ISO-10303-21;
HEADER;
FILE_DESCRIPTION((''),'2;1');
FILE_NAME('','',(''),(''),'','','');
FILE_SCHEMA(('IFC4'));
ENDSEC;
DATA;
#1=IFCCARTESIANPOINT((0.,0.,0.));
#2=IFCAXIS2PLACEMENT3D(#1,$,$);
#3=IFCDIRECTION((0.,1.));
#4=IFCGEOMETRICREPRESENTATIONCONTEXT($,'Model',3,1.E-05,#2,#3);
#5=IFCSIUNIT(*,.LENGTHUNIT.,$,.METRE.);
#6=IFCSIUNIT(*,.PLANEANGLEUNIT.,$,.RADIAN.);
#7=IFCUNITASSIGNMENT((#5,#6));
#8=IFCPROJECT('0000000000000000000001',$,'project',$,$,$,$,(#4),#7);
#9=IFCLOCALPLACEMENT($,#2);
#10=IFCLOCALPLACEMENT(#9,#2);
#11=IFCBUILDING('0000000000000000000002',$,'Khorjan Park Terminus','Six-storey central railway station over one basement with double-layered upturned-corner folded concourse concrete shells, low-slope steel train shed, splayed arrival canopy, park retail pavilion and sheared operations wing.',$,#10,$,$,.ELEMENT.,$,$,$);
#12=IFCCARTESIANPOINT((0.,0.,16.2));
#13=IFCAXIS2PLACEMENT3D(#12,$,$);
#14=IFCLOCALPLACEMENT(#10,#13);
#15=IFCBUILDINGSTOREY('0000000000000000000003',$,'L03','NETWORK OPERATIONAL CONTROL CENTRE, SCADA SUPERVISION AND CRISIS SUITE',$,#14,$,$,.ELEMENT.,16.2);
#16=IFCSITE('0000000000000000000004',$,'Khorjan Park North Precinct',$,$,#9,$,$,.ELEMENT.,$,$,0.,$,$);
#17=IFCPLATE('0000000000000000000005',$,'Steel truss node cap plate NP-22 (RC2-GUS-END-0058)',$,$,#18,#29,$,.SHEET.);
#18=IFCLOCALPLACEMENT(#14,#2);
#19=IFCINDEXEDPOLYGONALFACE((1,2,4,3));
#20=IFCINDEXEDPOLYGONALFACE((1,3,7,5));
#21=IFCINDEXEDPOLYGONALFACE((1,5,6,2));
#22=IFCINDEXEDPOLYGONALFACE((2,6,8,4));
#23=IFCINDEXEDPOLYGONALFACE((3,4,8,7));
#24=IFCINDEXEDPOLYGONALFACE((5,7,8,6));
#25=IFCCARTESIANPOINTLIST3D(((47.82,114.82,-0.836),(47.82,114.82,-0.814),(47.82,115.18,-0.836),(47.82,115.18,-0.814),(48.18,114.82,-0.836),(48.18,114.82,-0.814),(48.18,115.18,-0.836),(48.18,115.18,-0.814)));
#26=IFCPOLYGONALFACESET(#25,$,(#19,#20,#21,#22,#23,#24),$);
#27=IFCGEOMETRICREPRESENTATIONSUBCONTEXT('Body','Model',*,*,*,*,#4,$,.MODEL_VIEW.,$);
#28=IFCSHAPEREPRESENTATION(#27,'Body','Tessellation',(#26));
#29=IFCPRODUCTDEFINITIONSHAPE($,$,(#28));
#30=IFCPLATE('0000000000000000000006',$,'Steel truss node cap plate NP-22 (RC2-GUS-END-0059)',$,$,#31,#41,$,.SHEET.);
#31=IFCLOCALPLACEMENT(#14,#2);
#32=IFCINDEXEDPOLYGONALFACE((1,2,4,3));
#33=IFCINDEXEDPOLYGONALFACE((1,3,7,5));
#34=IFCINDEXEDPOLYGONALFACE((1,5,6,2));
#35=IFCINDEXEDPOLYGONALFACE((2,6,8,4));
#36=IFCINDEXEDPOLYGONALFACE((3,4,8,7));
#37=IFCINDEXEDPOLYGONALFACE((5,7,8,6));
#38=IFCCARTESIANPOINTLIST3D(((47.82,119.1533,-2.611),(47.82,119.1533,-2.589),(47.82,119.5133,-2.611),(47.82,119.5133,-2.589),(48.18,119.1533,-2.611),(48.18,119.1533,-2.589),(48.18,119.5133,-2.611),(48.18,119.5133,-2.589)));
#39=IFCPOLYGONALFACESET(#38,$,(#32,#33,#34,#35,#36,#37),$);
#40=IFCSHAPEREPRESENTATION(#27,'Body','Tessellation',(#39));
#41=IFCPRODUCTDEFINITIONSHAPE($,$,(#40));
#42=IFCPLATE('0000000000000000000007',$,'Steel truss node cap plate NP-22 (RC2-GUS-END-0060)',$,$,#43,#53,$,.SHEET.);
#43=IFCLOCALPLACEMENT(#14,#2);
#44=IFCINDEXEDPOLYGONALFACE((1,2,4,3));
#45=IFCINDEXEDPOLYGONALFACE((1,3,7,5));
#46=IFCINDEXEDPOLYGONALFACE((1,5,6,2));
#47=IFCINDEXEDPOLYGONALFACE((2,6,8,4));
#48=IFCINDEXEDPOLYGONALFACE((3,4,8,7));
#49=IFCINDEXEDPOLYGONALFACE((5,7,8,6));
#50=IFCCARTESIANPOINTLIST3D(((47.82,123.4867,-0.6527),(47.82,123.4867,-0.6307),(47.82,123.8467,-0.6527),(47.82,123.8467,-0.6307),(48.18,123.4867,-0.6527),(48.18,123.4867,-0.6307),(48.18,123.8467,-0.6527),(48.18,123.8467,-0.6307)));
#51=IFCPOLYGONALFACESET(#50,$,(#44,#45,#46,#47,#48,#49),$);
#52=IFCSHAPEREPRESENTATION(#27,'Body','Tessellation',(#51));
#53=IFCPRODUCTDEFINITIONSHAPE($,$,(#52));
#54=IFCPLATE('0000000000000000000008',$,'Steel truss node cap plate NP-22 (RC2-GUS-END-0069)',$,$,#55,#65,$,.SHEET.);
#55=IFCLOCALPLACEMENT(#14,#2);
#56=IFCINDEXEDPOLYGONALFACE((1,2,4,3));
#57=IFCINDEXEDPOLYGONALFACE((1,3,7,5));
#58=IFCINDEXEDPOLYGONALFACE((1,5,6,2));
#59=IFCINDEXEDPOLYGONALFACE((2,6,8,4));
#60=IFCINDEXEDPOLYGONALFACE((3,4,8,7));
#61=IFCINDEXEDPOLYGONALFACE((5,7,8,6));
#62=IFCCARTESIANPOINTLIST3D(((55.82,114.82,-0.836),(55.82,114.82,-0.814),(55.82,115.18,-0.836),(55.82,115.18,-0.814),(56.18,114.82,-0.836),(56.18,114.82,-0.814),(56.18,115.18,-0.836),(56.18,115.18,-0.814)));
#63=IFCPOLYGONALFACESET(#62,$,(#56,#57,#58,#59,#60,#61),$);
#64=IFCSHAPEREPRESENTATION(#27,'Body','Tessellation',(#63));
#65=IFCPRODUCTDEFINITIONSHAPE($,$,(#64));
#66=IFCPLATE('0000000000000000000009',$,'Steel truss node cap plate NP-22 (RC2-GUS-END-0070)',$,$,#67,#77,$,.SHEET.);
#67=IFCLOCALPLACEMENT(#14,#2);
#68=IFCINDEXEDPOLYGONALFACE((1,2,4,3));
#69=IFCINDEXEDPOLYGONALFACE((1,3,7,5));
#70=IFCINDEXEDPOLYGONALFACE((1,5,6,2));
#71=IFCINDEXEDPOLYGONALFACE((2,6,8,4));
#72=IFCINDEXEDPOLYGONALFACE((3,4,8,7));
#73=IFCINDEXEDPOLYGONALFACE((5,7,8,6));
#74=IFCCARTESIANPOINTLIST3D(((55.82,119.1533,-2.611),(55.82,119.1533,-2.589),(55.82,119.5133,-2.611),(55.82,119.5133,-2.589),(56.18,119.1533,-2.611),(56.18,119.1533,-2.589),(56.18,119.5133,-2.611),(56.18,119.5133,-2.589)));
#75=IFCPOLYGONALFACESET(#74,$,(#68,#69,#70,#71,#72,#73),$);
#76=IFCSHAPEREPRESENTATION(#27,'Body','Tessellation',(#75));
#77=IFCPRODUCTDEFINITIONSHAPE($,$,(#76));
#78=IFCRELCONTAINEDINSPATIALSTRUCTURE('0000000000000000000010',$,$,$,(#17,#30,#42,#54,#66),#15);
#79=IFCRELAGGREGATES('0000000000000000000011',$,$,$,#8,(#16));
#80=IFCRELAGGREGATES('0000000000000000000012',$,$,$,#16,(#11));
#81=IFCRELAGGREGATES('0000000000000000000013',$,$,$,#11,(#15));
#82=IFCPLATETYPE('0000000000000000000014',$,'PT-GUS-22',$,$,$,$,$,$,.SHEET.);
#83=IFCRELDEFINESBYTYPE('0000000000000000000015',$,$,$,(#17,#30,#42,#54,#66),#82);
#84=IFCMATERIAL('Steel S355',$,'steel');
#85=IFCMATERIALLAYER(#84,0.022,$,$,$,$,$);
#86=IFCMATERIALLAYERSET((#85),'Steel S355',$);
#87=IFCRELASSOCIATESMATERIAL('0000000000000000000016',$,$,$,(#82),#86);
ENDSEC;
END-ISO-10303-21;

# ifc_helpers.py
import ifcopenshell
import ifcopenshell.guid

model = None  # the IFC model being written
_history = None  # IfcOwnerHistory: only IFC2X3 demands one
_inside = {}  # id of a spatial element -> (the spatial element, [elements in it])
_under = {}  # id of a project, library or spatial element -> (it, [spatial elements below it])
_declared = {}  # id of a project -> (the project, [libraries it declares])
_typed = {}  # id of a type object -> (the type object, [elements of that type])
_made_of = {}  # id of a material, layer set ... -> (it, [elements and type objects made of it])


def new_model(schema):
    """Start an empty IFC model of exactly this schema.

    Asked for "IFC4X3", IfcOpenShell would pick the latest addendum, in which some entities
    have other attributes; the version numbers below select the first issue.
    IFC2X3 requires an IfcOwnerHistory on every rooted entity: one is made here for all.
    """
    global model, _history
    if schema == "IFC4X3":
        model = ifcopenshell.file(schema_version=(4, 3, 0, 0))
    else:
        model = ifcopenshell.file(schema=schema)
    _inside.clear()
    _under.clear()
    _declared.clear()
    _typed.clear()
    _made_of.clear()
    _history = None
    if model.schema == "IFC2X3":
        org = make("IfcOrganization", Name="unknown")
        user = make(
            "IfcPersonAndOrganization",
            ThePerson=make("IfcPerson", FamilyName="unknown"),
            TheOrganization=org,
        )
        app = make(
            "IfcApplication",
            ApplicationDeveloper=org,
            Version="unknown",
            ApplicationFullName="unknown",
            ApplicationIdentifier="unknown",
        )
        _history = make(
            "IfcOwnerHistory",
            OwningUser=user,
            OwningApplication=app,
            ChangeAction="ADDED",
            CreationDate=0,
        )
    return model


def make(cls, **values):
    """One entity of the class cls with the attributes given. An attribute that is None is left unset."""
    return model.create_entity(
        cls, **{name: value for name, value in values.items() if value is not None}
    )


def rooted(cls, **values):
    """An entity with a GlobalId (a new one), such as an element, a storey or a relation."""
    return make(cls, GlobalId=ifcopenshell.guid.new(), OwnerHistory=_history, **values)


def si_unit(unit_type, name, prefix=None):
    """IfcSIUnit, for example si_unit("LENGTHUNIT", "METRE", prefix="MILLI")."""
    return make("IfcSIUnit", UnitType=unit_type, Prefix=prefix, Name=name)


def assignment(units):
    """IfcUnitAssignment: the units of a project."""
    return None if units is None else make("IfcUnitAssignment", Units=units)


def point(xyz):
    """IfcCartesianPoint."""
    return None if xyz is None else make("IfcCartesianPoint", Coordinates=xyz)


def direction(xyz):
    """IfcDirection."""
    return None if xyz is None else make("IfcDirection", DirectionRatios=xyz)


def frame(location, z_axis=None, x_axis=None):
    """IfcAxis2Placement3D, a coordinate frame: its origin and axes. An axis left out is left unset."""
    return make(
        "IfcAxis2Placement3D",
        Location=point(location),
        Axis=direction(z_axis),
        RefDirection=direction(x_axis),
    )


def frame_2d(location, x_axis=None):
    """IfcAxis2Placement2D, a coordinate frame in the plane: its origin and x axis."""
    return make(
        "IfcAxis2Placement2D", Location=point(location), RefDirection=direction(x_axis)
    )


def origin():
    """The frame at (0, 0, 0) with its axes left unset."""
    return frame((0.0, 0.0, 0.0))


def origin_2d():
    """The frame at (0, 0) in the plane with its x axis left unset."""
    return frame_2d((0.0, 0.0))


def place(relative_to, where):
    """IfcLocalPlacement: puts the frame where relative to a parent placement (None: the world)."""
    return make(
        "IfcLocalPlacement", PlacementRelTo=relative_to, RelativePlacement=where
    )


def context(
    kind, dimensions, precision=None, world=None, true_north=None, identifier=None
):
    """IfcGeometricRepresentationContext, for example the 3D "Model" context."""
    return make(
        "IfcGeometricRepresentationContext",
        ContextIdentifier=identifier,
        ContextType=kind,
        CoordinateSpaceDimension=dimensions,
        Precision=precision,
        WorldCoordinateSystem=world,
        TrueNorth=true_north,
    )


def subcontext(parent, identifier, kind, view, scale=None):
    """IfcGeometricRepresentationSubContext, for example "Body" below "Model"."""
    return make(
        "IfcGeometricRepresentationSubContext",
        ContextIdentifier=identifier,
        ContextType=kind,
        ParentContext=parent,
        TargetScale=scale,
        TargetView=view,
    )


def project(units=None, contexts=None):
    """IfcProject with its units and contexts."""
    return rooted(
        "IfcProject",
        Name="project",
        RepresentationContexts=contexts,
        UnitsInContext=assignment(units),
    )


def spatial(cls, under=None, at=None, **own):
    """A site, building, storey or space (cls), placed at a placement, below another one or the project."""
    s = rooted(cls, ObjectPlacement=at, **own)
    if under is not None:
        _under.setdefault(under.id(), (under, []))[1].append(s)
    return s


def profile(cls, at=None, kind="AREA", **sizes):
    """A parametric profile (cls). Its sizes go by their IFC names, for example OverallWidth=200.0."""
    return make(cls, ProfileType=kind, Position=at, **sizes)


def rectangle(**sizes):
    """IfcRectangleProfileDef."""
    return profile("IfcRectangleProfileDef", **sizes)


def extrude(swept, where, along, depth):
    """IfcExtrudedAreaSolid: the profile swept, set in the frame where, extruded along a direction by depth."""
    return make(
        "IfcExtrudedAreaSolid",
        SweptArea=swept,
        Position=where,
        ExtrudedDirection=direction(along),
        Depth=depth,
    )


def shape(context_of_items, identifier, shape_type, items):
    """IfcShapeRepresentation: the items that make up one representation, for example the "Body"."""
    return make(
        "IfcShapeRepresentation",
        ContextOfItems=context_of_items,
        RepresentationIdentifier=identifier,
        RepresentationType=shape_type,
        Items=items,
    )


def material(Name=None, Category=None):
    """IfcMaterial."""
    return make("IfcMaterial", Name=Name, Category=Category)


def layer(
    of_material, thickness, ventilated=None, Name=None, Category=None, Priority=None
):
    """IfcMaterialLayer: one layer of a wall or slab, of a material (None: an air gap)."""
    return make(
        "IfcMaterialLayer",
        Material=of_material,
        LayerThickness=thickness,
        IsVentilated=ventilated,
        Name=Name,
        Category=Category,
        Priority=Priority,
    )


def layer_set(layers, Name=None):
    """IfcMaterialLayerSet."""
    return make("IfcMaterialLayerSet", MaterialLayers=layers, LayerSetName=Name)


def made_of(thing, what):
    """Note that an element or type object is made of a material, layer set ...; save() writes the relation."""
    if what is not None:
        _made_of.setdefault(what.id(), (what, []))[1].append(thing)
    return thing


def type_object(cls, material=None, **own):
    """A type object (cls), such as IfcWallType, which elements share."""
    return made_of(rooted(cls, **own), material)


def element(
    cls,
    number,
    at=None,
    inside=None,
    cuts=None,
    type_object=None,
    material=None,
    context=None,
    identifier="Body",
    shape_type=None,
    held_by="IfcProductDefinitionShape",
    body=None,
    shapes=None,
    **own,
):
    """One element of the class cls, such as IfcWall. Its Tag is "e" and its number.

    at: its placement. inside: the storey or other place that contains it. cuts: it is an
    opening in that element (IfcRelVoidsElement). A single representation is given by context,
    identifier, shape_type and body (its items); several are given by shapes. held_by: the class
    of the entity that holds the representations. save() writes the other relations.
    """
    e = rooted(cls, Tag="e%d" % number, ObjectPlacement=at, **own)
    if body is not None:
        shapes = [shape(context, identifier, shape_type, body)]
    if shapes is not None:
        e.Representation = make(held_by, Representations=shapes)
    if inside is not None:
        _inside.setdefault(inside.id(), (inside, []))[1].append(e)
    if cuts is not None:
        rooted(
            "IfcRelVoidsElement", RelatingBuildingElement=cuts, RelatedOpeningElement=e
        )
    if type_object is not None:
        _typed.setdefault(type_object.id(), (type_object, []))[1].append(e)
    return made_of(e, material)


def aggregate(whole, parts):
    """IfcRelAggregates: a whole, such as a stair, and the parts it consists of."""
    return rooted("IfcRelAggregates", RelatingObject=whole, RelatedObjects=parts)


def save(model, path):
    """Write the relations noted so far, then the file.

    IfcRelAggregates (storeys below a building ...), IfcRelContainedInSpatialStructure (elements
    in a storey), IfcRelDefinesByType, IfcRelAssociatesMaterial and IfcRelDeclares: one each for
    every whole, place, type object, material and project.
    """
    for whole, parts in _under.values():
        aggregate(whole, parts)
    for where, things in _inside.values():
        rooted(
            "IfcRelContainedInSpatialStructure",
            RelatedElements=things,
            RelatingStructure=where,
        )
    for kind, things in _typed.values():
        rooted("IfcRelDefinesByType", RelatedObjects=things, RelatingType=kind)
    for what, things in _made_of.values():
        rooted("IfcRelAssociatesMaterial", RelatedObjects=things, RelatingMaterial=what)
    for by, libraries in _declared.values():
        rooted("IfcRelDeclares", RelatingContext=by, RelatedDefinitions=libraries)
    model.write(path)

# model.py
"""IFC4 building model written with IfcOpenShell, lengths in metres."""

from ifc_helpers import new_model, si_unit, direction, frame, origin, origin_2d, place, context, subcontext, project, spatial, rectangle, extrude, material, layer, layer_set, type_object, element, save


model = new_model("IFC4")

# Units and contexts
model_context = context("Model", 3, precision=1e-05, world=origin(), true_north=direction((0.0, 1.0)))
body_context = subcontext(model_context, "Body", "Model", "MODEL_VIEW")
ifc_project = project(units=[si_unit("LENGTHUNIT", "METRE"), si_unit("PLANEANGLEUNIT", "RADIAN")], contexts=[model_context])

# Site, building, storey
site_placement = place(None, origin())
site = spatial("IfcSite", under=ifc_project, at=site_placement, Name="Khorjan Park North Precinct", CompositionType="ELEMENT", RefElevation=0.0)
building_placement = place(site_placement, origin())
building = spatial("IfcBuilding", under=site, at=building_placement, Name="Khorjan Park Terminus", Description="Six-storey central railway station over one basement with double-layered upturned-corner folded concourse concrete shells, low-slope steel train shed, splayed arrival canopy, park retail pavilion and sheared operations wing.", CompositionType="ELEMENT")
storey_placement = place(building_placement, frame((0.0, 0.0, 16.2)))
storey = spatial("IfcBuildingStorey", under=building, at=storey_placement, Name="L03", Description="NETWORK OPERATIONAL CONTROL CENTRE, SCADA SUPERVISION AND CRISIS SUITE", CompositionType="ELEMENT", Elevation=16.2)

# Shared definitions
ifc_material = material(Name="Steel S355", Category="steel")

# Plates
ifc_layer = layer(ifc_material, 0.022)
ifc_layer_set = layer_set([ifc_layer], Name="Steel S355")
plate_type = type_object("IfcPlateType", Name="PT-GUS-22", PredefinedType="SHEET", material=ifc_layer_set)
for number, where, z_axis, x_axis, name in (
    (1, (48.0, 115.0, -0.836), (0.0, 0.0, 1.0), (1.0, 0.0, 0.0), "Steel truss node cap plate NP-22 (RC2-GUS-END-0058)"),
    (2, (48.0, 119.3333, -2.611), (0.0, 0.0, 1.0), (1.0, 0.0, 0.0), "Steel truss node cap plate NP-22 (RC2-GUS-END-0059)"),
    (3, (48.0, 123.6667, -0.6527), (0.0, 0.0, 1.0), (1.0, 0.0, 0.0), "Steel truss node cap plate NP-22 (RC2-GUS-END-0060)"),
    (4, (56.0, 115.0, -0.836), (0.0, 0.0, 1.0), (1.0, 0.0, 0.0), "Steel truss node cap plate NP-22 (RC2-GUS-END-0069)"),
    (5, (56.0, 119.3333, -2.611), (0.0, 0.0, 1.0), (1.0, 0.0, 0.0), "Steel truss node cap plate NP-22 (RC2-GUS-END-0070)"),
):
    element("IfcPlate", number, at=place(storey_placement, frame(where, z_axis=z_axis, x_axis=x_axis)), inside=storey, type_object=plate_type, Name=name, PredefinedType="SHEET", context=body_context, shape_type="SweptSolid", body=[
        extrude(rectangle(XDim=0.36, YDim=0.36, at=origin_2d()), origin(), (0.0, 0.0, 1.0), 0.022),
    ])

save(model, "model.ifc")
